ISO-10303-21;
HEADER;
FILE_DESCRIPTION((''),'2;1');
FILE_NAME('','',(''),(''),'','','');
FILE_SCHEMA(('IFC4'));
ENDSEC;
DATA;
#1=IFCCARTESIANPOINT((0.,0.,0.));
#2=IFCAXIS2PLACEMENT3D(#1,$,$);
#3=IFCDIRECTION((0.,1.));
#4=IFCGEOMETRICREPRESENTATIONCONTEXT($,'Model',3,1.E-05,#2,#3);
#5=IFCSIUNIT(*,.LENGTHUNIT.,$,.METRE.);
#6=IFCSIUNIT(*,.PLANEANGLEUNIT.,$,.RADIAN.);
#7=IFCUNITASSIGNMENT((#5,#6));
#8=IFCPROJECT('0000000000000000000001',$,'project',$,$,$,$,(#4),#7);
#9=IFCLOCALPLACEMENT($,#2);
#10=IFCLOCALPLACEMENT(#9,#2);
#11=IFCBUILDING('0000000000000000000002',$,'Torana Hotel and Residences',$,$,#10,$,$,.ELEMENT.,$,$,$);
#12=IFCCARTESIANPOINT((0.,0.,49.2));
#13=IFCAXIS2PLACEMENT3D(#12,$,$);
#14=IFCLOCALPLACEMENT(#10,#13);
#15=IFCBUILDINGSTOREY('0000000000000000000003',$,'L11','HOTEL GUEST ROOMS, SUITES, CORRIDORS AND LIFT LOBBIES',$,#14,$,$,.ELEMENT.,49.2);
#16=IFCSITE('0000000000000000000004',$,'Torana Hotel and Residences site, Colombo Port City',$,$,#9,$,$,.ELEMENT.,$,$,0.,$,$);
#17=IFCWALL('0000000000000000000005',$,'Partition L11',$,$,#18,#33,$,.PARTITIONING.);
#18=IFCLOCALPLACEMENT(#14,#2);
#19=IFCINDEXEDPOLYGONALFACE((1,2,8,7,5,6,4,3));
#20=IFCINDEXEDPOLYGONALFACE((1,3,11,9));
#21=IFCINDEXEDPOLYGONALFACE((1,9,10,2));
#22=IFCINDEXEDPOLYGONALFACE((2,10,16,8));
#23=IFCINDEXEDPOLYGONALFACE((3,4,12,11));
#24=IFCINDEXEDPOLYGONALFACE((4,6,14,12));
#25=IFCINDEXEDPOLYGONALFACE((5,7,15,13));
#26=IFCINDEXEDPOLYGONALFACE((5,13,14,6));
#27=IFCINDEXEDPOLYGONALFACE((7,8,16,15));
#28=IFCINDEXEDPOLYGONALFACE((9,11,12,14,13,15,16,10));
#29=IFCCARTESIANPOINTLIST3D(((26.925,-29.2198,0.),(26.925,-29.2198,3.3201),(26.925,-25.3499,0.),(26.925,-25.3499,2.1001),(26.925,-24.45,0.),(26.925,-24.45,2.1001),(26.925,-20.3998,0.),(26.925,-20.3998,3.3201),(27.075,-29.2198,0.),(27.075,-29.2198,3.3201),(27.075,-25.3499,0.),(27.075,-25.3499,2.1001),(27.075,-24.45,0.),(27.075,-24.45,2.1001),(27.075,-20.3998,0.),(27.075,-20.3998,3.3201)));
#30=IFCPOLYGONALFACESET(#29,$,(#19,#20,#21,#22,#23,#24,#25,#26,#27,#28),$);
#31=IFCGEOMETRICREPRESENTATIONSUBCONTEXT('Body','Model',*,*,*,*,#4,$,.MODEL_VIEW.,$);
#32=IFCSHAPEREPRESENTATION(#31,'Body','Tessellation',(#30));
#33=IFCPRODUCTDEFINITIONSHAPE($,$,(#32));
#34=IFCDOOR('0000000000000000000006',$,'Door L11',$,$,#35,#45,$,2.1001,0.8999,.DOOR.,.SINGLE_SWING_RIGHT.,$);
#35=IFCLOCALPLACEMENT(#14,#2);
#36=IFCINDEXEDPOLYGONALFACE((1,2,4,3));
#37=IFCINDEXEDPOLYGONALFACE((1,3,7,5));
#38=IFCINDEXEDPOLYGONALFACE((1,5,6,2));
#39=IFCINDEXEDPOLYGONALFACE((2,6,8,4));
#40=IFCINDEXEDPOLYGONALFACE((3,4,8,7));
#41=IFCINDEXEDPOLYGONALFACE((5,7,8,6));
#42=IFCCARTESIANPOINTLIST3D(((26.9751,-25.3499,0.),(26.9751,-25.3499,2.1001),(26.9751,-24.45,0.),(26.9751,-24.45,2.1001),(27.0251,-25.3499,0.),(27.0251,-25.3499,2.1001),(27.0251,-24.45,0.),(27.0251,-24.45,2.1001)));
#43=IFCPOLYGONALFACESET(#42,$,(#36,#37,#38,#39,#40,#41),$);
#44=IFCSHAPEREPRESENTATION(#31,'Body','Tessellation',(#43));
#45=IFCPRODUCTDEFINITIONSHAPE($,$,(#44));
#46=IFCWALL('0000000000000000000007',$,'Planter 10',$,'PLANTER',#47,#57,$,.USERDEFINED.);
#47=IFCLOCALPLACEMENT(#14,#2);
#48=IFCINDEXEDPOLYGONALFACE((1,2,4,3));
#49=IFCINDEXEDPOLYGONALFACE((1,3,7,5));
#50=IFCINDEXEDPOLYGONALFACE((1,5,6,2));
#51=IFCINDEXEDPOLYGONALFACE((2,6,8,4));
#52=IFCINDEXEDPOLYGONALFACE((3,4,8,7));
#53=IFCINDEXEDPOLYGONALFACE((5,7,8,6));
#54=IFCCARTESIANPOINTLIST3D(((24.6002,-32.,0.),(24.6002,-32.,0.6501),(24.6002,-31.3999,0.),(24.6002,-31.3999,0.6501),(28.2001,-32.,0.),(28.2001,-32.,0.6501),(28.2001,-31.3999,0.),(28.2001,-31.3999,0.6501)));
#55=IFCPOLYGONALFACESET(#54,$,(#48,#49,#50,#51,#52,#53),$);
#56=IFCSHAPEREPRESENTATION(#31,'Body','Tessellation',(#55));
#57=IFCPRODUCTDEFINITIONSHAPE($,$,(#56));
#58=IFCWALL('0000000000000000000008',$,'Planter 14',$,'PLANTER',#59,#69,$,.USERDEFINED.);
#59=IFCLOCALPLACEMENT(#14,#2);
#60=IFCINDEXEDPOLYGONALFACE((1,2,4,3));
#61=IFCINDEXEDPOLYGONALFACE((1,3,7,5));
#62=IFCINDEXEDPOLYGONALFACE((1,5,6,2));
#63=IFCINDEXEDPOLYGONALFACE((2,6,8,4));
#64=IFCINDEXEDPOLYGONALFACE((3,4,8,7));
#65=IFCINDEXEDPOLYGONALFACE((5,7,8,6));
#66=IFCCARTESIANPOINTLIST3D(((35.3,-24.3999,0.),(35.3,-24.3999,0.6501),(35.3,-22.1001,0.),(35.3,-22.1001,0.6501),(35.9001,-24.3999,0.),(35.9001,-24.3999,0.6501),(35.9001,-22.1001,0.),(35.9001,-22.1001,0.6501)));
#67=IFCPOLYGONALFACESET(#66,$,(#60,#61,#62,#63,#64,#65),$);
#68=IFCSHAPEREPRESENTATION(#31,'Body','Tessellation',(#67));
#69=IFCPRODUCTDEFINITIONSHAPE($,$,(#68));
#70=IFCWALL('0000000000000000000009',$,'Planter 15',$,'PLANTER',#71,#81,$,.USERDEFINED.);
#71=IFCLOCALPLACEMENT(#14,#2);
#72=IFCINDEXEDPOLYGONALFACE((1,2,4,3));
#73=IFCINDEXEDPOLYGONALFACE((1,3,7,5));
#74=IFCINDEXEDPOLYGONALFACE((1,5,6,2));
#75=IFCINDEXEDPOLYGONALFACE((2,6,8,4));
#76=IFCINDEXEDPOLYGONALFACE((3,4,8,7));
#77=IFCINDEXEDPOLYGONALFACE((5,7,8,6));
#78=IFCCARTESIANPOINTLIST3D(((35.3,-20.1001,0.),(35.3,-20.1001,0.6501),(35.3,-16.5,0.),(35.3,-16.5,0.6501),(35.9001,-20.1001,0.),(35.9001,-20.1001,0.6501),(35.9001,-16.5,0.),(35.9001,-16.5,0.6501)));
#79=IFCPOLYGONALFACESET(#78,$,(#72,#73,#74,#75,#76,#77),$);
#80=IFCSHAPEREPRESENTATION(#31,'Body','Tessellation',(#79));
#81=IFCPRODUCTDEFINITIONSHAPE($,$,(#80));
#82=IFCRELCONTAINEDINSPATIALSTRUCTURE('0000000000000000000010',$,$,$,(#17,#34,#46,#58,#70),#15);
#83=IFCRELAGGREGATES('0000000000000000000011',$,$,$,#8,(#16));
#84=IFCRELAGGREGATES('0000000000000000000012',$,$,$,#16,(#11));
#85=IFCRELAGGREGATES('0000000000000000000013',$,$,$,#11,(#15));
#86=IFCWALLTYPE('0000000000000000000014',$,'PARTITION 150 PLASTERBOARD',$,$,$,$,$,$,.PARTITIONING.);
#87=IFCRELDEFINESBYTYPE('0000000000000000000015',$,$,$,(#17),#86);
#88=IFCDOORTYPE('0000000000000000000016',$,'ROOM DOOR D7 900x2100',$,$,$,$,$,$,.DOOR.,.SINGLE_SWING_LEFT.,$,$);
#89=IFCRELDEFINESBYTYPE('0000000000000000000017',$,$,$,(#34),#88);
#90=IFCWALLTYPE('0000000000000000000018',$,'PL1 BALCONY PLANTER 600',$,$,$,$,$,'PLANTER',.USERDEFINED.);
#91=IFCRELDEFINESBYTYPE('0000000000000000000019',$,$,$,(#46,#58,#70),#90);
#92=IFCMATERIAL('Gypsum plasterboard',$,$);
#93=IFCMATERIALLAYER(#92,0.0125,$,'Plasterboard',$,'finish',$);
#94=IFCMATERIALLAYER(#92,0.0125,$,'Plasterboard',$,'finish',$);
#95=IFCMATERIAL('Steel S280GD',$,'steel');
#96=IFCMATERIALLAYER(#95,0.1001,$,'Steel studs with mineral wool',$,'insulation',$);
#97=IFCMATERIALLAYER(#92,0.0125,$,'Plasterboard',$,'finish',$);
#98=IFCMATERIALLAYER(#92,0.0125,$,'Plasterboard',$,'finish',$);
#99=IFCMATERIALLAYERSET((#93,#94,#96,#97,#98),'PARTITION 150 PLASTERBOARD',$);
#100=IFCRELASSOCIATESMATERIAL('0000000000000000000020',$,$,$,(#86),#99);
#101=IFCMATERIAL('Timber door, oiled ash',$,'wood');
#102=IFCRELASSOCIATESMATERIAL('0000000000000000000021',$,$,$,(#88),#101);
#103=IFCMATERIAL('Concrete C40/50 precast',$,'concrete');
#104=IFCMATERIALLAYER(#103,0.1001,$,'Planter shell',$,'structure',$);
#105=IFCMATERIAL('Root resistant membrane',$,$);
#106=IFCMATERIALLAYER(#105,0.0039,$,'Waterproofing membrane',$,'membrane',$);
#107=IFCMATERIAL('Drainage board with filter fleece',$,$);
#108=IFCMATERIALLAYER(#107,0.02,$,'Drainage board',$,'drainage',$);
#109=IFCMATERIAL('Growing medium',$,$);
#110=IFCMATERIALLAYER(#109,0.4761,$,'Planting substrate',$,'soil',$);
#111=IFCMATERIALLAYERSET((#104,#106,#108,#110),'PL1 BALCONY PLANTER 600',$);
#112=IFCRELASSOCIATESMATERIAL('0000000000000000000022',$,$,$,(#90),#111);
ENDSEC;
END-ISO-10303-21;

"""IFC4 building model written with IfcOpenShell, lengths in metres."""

from ifc_helpers import new_model, si_unit, direction, frame, frame_2d, origin, place, context, subcontext, project, spatial, rectangle, extrude, material, layer, layer_set, type_object, element, fill, save


model = new_model("IFC4")

# Units and contexts
model_context = context("Model", 3, precision=1e-05, world=origin(), true_north=direction((0.0, 1.0)))
body_context = subcontext(model_context, "Body", "Model", "MODEL_VIEW")
ifc_project = project(units=[si_unit("LENGTHUNIT", "METRE"), si_unit("PLANEANGLEUNIT", "RADIAN")], contexts=[model_context])

# Site, building, storey
site_placement = place(None, origin())
site = spatial("IfcSite", under=ifc_project, at=site_placement, Name="Torana Hotel and Residences site, Colombo Port City", CompositionType="ELEMENT", RefElevation=0.0)
building_placement = place(site_placement, origin())
building = spatial("IfcBuilding", under=site, at=building_placement, Name="Torana Hotel and Residences", CompositionType="ELEMENT")
storey_placement = place(building_placement, frame((0.0, 0.0, 49.2)))
storey = spatial("IfcBuildingStorey", under=building, at=storey_placement, Name="L11", Description="HOTEL GUEST ROOMS, SUITES, CORRIDORS AND LIFT LOBBIES", CompositionType="ELEMENT", Elevation=49.2)

# Shared definitions
ifc_material_1 = material(Name="Steel S280GD", Category="steel")

# Shared definitions
ifc_material_2 = material(Name="Gypsum plasterboard")
ifc_layer_1 = layer(ifc_material_2, 0.0125, Name="Plasterboard", Category="finish")
ifc_layer_2 = layer(ifc_material_2, 0.0125, Name="Plasterboard", Category="finish")
ifc_layer_3 = layer(ifc_material_1, 0.1001, Name="Steel studs with mineral wool", Category="insulation")
ifc_layer_4 = layer(ifc_material_2, 0.0125, Name="Plasterboard", Category="finish")
ifc_layer_5 = layer(ifc_material_2, 0.0125, Name="Plasterboard", Category="finish")
ifc_layer_set_1 = layer_set([ifc_layer_1, ifc_layer_2, ifc_layer_3, ifc_layer_4, ifc_layer_5], Name="PARTITION 150 PLASTERBOARD")
wall_type_1 = type_object("IfcWallType", Name="PARTITION 150 PLASTERBOARD", PredefinedType="PARTITIONING", material=ifc_layer_set_1)

# Wall, opening, door
wall_1_placement = place(storey_placement, frame((27.0, -29.22, 0.0), z_axis=(0.0, 0.0, 1.0), x_axis=(0.0, 1.0, 0.0)))
wall_1 = element("IfcWall", 1, at=wall_1_placement, inside=storey, type_object=wall_type_1, Name="Partition L11", PredefinedType="PARTITIONING", context=body_context, shape_type="SweptSolid", body=[
    extrude(rectangle(XDim=8.8201, YDim=0.1499, at=frame_2d((4.4102, 0.0))), origin(), (0.0, 0.0, 1.0), 3.3201),
])
opening_1_placement = place(wall_1_placement, frame((3.8701, 0.0, 0.0)))
opening_1 = element("IfcOpeningElement", 2, at=opening_1_placement, cuts=wall_1, PredefinedType="OPENING", context=body_context, shape_type="SweptSolid", body=[
    extrude(rectangle(XDim=0.8999, YDim=2.1001, at=frame_2d((0.45, 1.05))), frame((0.0, 0.085, 0.0), z_axis=(0.0, -1.0, 0.0), x_axis=(1.0, 0.0, 0.0)), (0.0, 0.0, 1.0), 0.1699),
])
ifc_material_3 = material(Name="Timber door, oiled ash", Category="wood")
door_type_1 = type_object("IfcDoorType", Name="ROOM DOOR D7 900x2100", OperationType="SINGLE_SWING_LEFT", PredefinedType="DOOR", material=ifc_material_3)
door_1_placement = place(opening_1_placement, origin())
door_1 = element("IfcDoor", 3, at=door_1_placement, inside=storey, type_object=door_type_1, Name="Door L11", OperationType="SINGLE_SWING_RIGHT", OverallHeight=2.1001, OverallWidth=0.8999, PredefinedType="DOOR", context=body_context, shape_type="SweptSolid", body=[
    extrude(rectangle(XDim=0.8999, YDim=2.1001, at=frame_2d((0.45, 1.05))), frame((0.0, 0.0249, 0.0), z_axis=(0.0, -1.0, 0.0), x_axis=(1.0, 0.0, 0.0)), (0.0, 0.0, 1.0), 0.05),
])
fill(opening_1, door_1)

# Walls
ifc_material_4 = material(Name="Concrete C40/50 precast", Category="concrete")
ifc_layer_6 = layer(ifc_material_4, 0.1001, Name="Planter shell", Category="structure")
ifc_material_5 = material(Name="Root resistant membrane")
ifc_layer_7 = layer(ifc_material_5, 0.0039, Name="Waterproofing membrane", Category="membrane")
ifc_material_6 = material(Name="Drainage board with filter fleece")
ifc_layer_8 = layer(ifc_material_6, 0.02, Name="Drainage board", Category="drainage")
ifc_material_7 = material(Name="Growing medium")
ifc_layer_9 = layer(ifc_material_7, 0.4761, Name="Planting substrate", Category="soil")
ifc_layer_set_2 = layer_set([ifc_layer_6, ifc_layer_7, ifc_layer_8, ifc_layer_9], Name="PL1 BALCONY PLANTER 600")
wall_type_2 = type_object("IfcWallType", Name="PL1 BALCONY PLANTER 600", ElementType="PLANTER", PredefinedType="USERDEFINED", material=ifc_layer_set_2)
wall_2_placement = place(storey_placement, frame((28.2, -31.7, 0.0), z_axis=(0.0, 0.0, 1.0), x_axis=(-1.0, 0.0, 0.0)))
element("IfcWall", 4, at=wall_2_placement, inside=storey, type_object=wall_type_2, Name="Planter 10", ObjectType="PLANTER", PredefinedType="USERDEFINED", context=body_context, shape_type="SweptSolid", body=[
    extrude(rectangle(XDim=3.5999, YDim=0.6001, at=frame_2d((1.7998, 0.0))), origin(), (0.0, 0.0, 1.0), 0.6501),
])
wall_3_placement = place(storey_placement, frame((35.6001, -22.1001, 0.0), z_axis=(0.0, 0.0, 1.0), x_axis=(0.0, -1.0, 0.0)))
element("IfcWall", 5, at=wall_3_placement, inside=storey, type_object=wall_type_2, Name="Planter 14", ObjectType="PLANTER", PredefinedType="USERDEFINED", context=body_context, shape_type="SweptSolid", body=[
    extrude(rectangle(XDim=2.2998, YDim=0.6001, at=frame_2d((1.1499, 0.0))), origin(), (0.0, 0.0, 1.0), 0.6501),
])
wall_4_placement = place(storey_placement, frame((35.6001, -16.5, 0.0), z_axis=(0.0, 0.0, 1.0), x_axis=(0.0, -1.0, 0.0)))
element("IfcWall", 6, at=wall_4_placement, inside=storey, type_object=wall_type_2, Name="Planter 15", ObjectType="PLANTER", PredefinedType="USERDEFINED", context=body_context, shape_type="SweptSolid", body=[
    extrude(rectangle(XDim=3.6001, YDim=0.6001, at=frame_2d((1.8, 0.0))), origin(), (0.0, 0.0, 1.0), 0.6501),
])

save(model, "model.ifc")
